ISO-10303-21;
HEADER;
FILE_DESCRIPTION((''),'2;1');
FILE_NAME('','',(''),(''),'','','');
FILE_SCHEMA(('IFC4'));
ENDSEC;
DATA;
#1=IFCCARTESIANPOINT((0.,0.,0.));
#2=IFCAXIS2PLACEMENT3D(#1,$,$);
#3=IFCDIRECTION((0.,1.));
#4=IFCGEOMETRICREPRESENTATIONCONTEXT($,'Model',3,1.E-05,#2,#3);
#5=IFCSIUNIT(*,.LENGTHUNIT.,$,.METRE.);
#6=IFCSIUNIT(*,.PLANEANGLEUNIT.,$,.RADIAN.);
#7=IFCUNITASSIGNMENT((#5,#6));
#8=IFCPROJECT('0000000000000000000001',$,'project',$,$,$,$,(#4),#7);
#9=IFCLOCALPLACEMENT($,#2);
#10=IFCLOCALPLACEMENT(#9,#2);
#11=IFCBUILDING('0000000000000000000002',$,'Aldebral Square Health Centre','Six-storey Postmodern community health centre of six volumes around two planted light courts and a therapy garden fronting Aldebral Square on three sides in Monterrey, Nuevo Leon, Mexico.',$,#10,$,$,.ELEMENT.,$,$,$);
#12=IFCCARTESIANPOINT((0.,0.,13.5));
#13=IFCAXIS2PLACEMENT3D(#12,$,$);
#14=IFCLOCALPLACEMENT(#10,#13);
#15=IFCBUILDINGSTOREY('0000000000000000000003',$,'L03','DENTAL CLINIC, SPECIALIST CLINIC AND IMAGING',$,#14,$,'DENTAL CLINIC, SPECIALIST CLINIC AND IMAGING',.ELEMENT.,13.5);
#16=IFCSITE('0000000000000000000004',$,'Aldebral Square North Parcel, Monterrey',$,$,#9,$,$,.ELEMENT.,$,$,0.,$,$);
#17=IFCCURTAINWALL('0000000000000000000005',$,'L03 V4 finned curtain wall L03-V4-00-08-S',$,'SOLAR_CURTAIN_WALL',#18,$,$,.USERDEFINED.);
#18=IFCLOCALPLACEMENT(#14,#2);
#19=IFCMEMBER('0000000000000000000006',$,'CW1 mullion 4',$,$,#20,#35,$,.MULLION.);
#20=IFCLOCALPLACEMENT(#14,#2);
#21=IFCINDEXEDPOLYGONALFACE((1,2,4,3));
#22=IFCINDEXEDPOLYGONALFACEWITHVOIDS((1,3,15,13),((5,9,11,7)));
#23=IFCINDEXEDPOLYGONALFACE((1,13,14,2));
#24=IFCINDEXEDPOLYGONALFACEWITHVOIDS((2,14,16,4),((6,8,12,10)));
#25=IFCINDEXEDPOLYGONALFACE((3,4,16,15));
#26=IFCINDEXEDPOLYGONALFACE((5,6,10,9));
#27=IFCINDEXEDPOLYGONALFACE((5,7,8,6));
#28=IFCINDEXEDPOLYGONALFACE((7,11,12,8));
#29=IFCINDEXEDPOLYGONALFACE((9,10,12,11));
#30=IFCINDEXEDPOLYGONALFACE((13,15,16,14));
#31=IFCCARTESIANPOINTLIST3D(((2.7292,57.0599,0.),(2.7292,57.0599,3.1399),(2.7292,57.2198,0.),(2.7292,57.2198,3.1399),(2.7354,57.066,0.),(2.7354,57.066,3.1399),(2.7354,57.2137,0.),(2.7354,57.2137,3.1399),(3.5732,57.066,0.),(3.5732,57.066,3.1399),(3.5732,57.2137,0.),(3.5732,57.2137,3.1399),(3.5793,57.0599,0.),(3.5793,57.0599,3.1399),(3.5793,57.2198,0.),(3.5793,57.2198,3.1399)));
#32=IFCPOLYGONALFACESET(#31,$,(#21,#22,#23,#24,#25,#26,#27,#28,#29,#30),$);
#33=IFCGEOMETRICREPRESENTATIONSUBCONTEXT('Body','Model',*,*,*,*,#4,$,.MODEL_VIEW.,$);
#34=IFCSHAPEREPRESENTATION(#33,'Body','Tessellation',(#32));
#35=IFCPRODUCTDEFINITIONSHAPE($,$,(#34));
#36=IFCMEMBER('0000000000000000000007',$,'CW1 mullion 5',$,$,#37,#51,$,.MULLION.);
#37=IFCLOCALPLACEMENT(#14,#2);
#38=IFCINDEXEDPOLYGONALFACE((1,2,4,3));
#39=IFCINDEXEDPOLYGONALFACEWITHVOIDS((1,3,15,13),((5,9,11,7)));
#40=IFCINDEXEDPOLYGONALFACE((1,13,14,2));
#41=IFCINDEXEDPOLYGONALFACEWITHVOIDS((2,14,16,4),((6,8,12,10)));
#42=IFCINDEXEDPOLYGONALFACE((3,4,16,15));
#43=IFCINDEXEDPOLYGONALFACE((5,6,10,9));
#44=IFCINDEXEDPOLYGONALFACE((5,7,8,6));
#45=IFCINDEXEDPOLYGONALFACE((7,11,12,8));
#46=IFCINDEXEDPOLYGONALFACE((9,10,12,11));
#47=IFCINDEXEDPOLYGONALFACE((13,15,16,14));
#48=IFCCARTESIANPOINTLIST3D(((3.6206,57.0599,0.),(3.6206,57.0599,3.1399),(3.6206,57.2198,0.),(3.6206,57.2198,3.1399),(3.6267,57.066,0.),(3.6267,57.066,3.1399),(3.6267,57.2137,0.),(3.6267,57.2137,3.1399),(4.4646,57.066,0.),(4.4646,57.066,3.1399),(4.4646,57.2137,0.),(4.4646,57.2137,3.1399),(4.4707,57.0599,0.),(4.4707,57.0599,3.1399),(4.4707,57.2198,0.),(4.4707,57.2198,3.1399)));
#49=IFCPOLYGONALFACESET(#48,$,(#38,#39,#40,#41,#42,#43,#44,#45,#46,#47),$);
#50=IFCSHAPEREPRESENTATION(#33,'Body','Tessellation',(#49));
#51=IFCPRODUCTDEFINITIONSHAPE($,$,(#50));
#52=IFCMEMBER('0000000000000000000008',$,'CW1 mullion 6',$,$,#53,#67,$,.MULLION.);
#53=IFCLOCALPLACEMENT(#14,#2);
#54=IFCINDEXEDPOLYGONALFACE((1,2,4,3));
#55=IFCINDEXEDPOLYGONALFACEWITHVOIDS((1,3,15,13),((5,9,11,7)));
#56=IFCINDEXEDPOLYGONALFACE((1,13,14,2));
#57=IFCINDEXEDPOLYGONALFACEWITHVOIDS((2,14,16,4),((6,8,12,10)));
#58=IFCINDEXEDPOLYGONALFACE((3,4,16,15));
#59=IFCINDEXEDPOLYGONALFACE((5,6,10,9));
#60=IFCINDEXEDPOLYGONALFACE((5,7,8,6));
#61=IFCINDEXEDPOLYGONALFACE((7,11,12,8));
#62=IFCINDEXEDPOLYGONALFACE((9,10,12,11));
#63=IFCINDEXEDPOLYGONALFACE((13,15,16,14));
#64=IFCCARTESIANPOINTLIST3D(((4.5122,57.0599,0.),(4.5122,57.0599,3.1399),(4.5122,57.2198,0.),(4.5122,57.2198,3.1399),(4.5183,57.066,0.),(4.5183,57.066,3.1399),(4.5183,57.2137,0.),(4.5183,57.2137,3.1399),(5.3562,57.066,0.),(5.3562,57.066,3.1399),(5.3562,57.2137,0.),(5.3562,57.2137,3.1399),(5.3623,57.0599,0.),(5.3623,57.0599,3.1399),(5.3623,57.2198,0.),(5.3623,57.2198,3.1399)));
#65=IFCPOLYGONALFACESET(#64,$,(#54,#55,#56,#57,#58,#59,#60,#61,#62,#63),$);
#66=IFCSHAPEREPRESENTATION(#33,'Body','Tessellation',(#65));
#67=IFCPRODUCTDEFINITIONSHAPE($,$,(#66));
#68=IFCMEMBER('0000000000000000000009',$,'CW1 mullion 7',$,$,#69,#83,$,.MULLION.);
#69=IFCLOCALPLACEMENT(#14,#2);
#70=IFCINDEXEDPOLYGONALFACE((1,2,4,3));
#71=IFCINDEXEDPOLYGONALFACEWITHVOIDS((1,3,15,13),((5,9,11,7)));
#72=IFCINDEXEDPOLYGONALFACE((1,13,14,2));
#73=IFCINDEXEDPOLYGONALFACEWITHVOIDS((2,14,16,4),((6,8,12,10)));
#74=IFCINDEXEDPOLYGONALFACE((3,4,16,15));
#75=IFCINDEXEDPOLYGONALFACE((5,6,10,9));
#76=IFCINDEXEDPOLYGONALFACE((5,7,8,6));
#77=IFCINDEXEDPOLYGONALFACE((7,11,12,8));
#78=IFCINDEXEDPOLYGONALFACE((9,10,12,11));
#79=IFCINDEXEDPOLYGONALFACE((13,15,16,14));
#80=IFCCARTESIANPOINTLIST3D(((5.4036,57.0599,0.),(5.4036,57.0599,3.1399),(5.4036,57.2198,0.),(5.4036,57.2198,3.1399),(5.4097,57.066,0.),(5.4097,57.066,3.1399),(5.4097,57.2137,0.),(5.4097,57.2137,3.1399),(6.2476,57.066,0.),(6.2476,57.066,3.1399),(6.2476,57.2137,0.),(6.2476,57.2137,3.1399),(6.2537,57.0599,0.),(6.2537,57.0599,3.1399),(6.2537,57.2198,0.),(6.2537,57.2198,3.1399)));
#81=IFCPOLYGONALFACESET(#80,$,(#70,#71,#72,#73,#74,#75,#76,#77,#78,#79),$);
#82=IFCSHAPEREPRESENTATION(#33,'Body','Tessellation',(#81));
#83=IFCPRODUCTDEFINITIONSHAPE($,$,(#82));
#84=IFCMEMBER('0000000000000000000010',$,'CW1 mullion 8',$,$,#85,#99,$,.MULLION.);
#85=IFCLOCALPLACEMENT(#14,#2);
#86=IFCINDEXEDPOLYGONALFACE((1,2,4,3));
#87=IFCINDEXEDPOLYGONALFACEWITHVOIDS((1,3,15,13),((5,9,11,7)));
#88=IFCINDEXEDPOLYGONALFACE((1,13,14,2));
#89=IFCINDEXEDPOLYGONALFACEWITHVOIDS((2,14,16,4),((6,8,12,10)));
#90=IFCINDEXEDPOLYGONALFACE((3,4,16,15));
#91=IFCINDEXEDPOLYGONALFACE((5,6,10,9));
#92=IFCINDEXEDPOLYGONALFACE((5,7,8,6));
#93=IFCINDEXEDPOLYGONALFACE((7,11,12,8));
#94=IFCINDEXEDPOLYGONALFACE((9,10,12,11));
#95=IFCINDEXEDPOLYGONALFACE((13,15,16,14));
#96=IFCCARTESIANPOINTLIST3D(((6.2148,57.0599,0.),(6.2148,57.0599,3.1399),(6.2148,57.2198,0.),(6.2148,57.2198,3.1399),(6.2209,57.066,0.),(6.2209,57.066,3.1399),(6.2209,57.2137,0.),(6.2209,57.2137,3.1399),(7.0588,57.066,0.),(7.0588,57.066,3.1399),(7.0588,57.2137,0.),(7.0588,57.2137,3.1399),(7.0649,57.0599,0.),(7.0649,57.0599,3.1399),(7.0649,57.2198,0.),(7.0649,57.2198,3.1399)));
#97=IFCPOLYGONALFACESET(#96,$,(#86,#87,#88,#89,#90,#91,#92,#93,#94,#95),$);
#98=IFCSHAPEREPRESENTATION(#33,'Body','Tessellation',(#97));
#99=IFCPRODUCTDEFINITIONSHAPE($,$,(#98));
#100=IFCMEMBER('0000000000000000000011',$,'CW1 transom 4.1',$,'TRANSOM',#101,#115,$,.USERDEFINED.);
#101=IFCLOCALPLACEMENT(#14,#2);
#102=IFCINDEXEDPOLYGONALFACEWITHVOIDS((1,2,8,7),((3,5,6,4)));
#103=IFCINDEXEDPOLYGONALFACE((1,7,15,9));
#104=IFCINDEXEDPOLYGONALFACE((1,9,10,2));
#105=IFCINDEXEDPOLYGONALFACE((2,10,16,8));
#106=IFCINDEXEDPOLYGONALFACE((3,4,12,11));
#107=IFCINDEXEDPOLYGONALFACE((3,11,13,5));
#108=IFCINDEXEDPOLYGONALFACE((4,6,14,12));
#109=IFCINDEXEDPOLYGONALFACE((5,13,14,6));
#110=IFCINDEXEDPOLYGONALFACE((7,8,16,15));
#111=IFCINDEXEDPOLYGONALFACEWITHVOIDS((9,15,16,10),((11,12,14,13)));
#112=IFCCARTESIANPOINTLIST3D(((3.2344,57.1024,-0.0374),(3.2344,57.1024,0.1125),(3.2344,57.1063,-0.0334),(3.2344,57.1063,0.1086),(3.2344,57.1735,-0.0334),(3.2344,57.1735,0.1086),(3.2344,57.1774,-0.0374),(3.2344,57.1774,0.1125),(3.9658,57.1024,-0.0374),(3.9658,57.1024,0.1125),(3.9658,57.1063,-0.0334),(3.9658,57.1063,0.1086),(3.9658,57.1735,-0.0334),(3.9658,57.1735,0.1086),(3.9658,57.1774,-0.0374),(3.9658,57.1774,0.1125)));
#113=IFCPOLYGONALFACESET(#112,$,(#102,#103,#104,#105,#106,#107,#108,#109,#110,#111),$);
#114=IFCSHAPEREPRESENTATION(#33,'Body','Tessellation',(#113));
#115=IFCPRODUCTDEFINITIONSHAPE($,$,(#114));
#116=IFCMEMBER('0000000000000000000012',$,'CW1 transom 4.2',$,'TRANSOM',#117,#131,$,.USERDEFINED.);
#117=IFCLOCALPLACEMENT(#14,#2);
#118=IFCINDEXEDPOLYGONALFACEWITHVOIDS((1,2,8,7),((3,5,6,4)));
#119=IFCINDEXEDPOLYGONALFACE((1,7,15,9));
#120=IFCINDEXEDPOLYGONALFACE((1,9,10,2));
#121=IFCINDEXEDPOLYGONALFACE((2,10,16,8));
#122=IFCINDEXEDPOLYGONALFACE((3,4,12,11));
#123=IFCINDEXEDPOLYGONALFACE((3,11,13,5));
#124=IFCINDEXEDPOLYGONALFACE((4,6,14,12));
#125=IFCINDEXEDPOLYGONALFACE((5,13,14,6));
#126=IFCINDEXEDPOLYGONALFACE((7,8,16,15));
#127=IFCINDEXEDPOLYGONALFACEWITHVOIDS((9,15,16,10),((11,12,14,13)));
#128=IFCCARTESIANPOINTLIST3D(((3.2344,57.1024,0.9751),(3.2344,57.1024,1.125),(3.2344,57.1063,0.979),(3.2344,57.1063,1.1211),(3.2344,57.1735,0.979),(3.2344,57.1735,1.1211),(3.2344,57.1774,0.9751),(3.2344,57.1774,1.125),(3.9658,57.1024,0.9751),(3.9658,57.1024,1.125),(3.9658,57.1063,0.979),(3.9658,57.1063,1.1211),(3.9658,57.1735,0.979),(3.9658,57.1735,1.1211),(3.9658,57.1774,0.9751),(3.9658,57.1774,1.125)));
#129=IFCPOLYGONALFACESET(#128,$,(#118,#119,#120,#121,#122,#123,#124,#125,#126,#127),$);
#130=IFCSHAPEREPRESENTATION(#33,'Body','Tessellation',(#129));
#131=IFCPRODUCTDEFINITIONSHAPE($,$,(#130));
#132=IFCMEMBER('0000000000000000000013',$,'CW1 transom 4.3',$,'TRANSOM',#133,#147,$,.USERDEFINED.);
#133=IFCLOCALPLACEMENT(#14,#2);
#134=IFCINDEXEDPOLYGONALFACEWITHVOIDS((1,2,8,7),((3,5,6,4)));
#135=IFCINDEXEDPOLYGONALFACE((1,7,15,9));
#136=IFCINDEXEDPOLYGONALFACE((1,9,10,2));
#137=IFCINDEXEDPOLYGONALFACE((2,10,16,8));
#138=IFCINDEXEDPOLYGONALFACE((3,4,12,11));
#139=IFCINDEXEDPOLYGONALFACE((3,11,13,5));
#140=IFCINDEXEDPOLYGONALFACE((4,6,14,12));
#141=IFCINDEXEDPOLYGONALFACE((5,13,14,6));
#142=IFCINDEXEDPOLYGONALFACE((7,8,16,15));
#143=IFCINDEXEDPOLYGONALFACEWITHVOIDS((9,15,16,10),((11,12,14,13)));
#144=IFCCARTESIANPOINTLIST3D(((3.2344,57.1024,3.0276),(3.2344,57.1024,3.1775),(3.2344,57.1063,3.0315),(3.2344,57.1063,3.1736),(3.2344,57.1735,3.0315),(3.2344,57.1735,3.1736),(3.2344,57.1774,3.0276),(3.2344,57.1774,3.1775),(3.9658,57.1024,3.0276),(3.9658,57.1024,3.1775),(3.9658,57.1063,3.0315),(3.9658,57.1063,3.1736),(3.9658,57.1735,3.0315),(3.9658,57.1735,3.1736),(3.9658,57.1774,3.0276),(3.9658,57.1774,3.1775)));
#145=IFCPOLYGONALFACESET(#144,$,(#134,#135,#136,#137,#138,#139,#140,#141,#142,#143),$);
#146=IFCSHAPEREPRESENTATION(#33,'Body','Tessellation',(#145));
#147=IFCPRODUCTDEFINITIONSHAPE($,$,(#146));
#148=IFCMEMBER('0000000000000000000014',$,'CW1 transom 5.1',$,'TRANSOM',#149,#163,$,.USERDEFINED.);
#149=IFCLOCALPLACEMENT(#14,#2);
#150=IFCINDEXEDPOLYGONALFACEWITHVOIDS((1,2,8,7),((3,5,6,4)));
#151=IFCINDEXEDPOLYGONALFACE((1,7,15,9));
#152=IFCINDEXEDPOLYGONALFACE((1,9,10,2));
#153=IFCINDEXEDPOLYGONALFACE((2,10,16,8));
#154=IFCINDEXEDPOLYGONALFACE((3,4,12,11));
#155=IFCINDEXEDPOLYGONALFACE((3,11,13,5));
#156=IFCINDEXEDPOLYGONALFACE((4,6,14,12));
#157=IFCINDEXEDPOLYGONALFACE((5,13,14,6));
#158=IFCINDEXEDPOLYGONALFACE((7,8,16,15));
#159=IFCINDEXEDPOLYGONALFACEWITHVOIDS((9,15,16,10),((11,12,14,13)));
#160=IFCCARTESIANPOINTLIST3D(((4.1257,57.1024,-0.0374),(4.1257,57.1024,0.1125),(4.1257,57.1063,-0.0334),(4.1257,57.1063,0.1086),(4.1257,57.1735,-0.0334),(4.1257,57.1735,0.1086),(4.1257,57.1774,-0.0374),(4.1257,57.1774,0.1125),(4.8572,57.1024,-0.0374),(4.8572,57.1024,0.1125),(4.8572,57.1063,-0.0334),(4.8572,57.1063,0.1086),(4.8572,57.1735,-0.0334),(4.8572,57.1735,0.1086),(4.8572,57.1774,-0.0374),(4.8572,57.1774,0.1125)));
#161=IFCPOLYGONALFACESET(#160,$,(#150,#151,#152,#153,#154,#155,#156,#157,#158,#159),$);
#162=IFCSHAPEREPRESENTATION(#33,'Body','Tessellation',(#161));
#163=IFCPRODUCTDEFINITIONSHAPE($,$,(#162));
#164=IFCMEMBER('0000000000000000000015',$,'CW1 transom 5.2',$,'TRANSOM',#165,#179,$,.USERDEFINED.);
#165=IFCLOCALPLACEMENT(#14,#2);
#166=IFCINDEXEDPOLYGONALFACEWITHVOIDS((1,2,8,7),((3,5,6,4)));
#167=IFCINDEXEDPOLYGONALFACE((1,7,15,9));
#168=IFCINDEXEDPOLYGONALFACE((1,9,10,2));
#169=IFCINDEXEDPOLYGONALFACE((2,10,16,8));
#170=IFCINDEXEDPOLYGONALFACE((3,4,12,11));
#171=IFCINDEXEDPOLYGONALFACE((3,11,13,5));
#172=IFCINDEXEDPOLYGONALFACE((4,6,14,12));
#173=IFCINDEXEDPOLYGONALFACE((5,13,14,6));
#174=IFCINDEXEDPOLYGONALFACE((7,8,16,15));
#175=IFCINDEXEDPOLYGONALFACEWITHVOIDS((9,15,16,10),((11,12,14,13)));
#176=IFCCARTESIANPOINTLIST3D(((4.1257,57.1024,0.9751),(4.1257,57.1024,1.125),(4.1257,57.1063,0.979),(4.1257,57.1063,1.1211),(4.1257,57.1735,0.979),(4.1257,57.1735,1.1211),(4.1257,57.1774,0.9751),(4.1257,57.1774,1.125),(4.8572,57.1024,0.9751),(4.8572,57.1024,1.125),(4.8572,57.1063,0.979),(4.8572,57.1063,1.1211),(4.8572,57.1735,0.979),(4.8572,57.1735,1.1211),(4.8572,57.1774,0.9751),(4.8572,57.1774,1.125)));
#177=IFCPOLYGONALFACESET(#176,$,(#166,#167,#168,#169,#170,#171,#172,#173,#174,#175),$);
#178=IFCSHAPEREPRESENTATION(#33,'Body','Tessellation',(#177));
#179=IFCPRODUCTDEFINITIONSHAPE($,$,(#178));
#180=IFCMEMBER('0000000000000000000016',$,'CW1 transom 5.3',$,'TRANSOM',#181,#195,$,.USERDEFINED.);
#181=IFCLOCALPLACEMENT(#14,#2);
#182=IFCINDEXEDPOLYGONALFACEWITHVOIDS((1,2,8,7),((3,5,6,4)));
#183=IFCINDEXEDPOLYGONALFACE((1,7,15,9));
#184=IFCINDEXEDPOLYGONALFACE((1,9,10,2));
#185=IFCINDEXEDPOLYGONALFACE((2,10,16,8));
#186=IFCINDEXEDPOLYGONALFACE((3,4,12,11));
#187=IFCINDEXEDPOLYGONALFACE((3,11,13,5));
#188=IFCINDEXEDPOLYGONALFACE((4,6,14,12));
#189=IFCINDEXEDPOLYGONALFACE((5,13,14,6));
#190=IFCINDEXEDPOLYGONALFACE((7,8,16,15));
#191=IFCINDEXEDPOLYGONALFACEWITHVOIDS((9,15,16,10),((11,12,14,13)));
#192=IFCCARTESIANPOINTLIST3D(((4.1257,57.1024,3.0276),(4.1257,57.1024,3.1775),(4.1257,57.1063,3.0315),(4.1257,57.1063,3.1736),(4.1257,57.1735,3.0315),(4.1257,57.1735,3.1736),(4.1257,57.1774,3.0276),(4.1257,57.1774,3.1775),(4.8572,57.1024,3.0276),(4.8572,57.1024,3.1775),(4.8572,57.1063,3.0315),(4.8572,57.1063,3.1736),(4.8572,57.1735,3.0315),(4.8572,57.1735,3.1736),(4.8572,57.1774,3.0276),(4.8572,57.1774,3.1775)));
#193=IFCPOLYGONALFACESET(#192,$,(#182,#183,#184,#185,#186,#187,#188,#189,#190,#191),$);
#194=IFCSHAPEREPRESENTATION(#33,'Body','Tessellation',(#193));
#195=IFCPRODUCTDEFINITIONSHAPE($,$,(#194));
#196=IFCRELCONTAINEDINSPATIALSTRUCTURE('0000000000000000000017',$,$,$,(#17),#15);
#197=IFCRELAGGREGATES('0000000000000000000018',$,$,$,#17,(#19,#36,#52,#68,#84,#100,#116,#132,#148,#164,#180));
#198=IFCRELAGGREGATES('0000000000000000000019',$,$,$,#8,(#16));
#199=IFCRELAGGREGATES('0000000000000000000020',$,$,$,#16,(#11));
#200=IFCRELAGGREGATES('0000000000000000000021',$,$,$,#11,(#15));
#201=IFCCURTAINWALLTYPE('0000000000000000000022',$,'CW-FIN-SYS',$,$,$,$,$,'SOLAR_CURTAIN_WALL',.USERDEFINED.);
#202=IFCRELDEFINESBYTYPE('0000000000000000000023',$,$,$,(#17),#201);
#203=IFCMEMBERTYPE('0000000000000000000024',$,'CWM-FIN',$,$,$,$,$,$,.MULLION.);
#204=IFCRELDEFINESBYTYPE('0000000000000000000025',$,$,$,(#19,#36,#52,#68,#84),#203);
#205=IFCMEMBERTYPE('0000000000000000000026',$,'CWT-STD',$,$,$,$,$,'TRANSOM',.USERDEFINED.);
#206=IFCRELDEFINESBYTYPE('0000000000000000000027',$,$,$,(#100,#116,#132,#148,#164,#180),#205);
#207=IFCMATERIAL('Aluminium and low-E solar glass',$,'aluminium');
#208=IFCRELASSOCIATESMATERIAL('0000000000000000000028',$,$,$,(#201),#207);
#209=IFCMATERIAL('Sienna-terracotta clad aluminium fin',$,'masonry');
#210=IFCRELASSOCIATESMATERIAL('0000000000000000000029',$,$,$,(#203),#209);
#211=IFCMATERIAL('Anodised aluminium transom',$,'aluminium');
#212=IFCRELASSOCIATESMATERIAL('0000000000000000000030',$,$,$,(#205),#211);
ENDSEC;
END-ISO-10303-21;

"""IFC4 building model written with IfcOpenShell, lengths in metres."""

from ifc_helpers import new_model, si_unit, direction, frame, origin, origin_2d, place, context, subcontext, project, spatial, hollow_rectangle, extrude, material, material_profile, profile_set, type_object, element, aggregate, save


model = new_model("IFC4")

# Units and contexts
model_context = context("Model", 3, precision=1e-05, world=origin(), true_north=direction((0.0, 1.0)))
body_context = subcontext(model_context, "Body", "Model", "MODEL_VIEW")
ifc_project = project(units=[si_unit("LENGTHUNIT", "METRE"), si_unit("PLANEANGLEUNIT", "RADIAN")], contexts=[model_context])

# Site, building, storey
site_placement = place(None, origin())
site = spatial("IfcSite", under=ifc_project, at=site_placement, Name="Aldebral Square North Parcel, Monterrey", CompositionType="ELEMENT", RefElevation=0.0)
building_placement = place(site_placement, origin())
building = spatial("IfcBuilding", under=site, at=building_placement, Name="Aldebral Square Health Centre", Description="Six-storey Postmodern community health centre of six volumes around two planted light courts and a therapy garden fronting Aldebral Square on three sides in Monterrey, Nuevo Leon, Mexico.", CompositionType="ELEMENT")
storey_placement = place(building_placement, frame((0.0, 0.0, 13.5)))
storey = spatial("IfcBuildingStorey", under=building, at=storey_placement, Name="L03", Description="DENTAL CLINIC, SPECIALIST CLINIC AND IMAGING", LongName="DENTAL CLINIC, SPECIALIST CLINIC AND IMAGING", CompositionType="ELEMENT", Elevation=13.5)

# Curtain wall, members
ifc_material_1 = material(Name="Aluminium and low-E solar glass", Category="aluminium")
curtain_wall_type = type_object("IfcCurtainWallType", Name="CW-FIN-SYS", ElementType="SOLAR_CURTAIN_WALL", PredefinedType="USERDEFINED", material=ifc_material_1)
curtain_wall_placement = place(storey_placement, origin())
curtain_wall = element("IfcCurtainWall", 1, at=curtain_wall_placement, inside=storey, type_object=curtain_wall_type, Name="L03 V4 finned curtain wall L03-V4-00-08-S", ObjectType="SOLAR_CURTAIN_WALL", PredefinedType="USERDEFINED")
ifc_material_2 = material(Name="Sienna-terracotta clad aluminium fin", Category="masonry")
ifc_material_profile_1 = material_profile(ifc_material_2, hollow_rectangle(XDim=0.1599, YDim=0.8501, WallThickness=0.0061, at=origin_2d()), Name="FIN 160x850x6")
ifc_profile_set_1 = profile_set([ifc_material_profile_1], Name="Sienna-terracotta clad aluminium fin")
member_type_1 = type_object("IfcMemberType", Name="CWM-FIN", PredefinedType="MULLION", material=ifc_profile_set_1)
member_1_placement = place(storey_placement, frame((3.1543, 57.1399, 0.0), z_axis=(0.0, 0.0, 1.0), x_axis=(0.0, 1.0, 0.0)))
member_1 = element("IfcMember", 2, at=member_1_placement, type_object=member_type_1, Name="CW1 mullion 4", PredefinedType="MULLION", context=body_context, shape_type="SweptSolid", body=[
    extrude(hollow_rectangle(XDim=0.1599, YDim=0.8501, WallThickness=0.0061, at=origin_2d()), origin(), (0.0, 0.0, 1.0), 3.1399),
])
member_2_placement = place(storey_placement, frame((4.0457, 57.1399, 0.0), z_axis=(0.0, 0.0, 1.0), x_axis=(0.0, 1.0, 0.0)))
member_2 = element("IfcMember", 3, at=member_2_placement, type_object=member_type_1, Name="CW1 mullion 5", PredefinedType="MULLION", context=body_context, shape_type="SweptSolid", body=[
    extrude(hollow_rectangle(XDim=0.1599, YDim=0.8501, WallThickness=0.0061, at=origin_2d()), origin(), (0.0, 0.0, 1.0), 3.1399),
])
member_3_placement = place(storey_placement, frame((4.9373, 57.1399, 0.0), z_axis=(0.0, 0.0, 1.0), x_axis=(0.0, 1.0, 0.0)))
member_3 = element("IfcMember", 4, at=member_3_placement, type_object=member_type_1, Name="CW1 mullion 6", PredefinedType="MULLION", context=body_context, shape_type="SweptSolid", body=[
    extrude(hollow_rectangle(XDim=0.1599, YDim=0.8501, WallThickness=0.0061, at=origin_2d()), origin(), (0.0, 0.0, 1.0), 3.1399),
])
member_4_placement = place(storey_placement, frame((5.8286, 57.1399, 0.0), z_axis=(0.0, 0.0, 1.0), x_axis=(0.0, 1.0, 0.0)))
member_4 = element("IfcMember", 5, at=member_4_placement, type_object=member_type_1, Name="CW1 mullion 7", PredefinedType="MULLION", context=body_context, shape_type="SweptSolid", body=[
    extrude(hollow_rectangle(XDim=0.1599, YDim=0.8501, WallThickness=0.0061, at=origin_2d()), origin(), (0.0, 0.0, 1.0), 3.1399),
])
member_5_placement = place(storey_placement, frame((6.6399, 57.1399, 0.0), z_axis=(0.0, 0.0, 1.0), x_axis=(0.0, 1.0, 0.0)))
member_5 = element("IfcMember", 6, at=member_5_placement, type_object=member_type_1, Name="CW1 mullion 8", PredefinedType="MULLION", context=body_context, shape_type="SweptSolid", body=[
    extrude(hollow_rectangle(XDim=0.1599, YDim=0.8501, WallThickness=0.0061, at=origin_2d()), origin(), (0.0, 0.0, 1.0), 3.1399),
])
ifc_material_3 = material(Name="Anodised aluminium transom", Category="aluminium")
ifc_material_profile_2 = material_profile(ifc_material_3, hollow_rectangle(XDim=0.075, YDim=0.1499, WallThickness=0.0039, at=origin_2d()), Name="CWT 75x150x4")
ifc_profile_set_2 = profile_set([ifc_material_profile_2], Name="Anodised aluminium transom")
member_type_2 = type_object("IfcMemberType", Name="CWT-STD", ElementType="TRANSOM", PredefinedType="USERDEFINED", material=ifc_profile_set_2)
member_6_placement = place(storey_placement, frame((3.2344, 57.1399, 0.0376), z_axis=(1.0, 0.0, 0.0), x_axis=(0.0, 1.0, 0.0)))
member_6 = element("IfcMember", 7, at=member_6_placement, type_object=member_type_2, Name="CW1 transom 4.1", ObjectType="TRANSOM", PredefinedType="USERDEFINED", context=body_context, shape_type="SweptSolid", body=[
    extrude(hollow_rectangle(XDim=0.075, YDim=0.1499, WallThickness=0.0039, at=origin_2d()), origin(), (0.0, 0.0, 1.0), 0.7314),
])
member_7_placement = place(storey_placement, frame((3.2344, 57.1399, 1.05), z_axis=(1.0, 0.0, 0.0), x_axis=(0.0, 1.0, 0.0)))
member_7 = element("IfcMember", 8, at=member_7_placement, type_object=member_type_2, Name="CW1 transom 4.2", ObjectType="TRANSOM", PredefinedType="USERDEFINED", context=body_context, shape_type="SweptSolid", body=[
    extrude(hollow_rectangle(XDim=0.075, YDim=0.1499, WallThickness=0.0039, at=origin_2d()), origin(), (0.0, 0.0, 1.0), 0.7314),
])
member_8_placement = place(storey_placement, frame((3.2344, 57.1399, 3.1025), z_axis=(1.0, 0.0, 0.0), x_axis=(0.0, 1.0, 0.0)))
member_8 = element("IfcMember", 9, at=member_8_placement, type_object=member_type_2, Name="CW1 transom 4.3", ObjectType="TRANSOM", PredefinedType="USERDEFINED", context=body_context, shape_type="SweptSolid", body=[
    extrude(hollow_rectangle(XDim=0.075, YDim=0.1499, WallThickness=0.0039, at=origin_2d()), origin(), (0.0, 0.0, 1.0), 0.7314),
])
member_9_placement = place(storey_placement, frame((4.1257, 57.1399, 0.0376), z_axis=(1.0, 0.0, 0.0), x_axis=(0.0, 1.0, 0.0)))
member_9 = element("IfcMember", 10, at=member_9_placement, type_object=member_type_2, Name="CW1 transom 5.1", ObjectType="TRANSOM", PredefinedType="USERDEFINED", context=body_context, shape_type="SweptSolid", body=[
    extrude(hollow_rectangle(XDim=0.075, YDim=0.1499, WallThickness=0.0039, at=origin_2d()), origin(), (0.0, 0.0, 1.0), 0.7314),
])
member_10_placement = place(storey_placement, frame((4.1257, 57.1399, 1.05), z_axis=(1.0, 0.0, 0.0), x_axis=(0.0, 1.0, 0.0)))
member_10 = element("IfcMember", 11, at=member_10_placement, type_object=member_type_2, Name="CW1 transom 5.2", ObjectType="TRANSOM", PredefinedType="USERDEFINED", context=body_context, shape_type="SweptSolid", body=[
    extrude(hollow_rectangle(XDim=0.075, YDim=0.1499, WallThickness=0.0039, at=origin_2d()), origin(), (0.0, 0.0, 1.0), 0.7314),
])
member_11_placement = place(storey_placement, frame((4.1257, 57.1399, 3.1025), z_axis=(1.0, 0.0, 0.0), x_axis=(0.0, 1.0, 0.0)))
member_11 = element("IfcMember", 12, at=member_11_placement, type_object=member_type_2, Name="CW1 transom 5.3", ObjectType="TRANSOM", PredefinedType="USERDEFINED", context=body_context, shape_type="SweptSolid", body=[
    extrude(hollow_rectangle(XDim=0.075, YDim=0.1499, WallThickness=0.0039, at=origin_2d()), origin(), (0.0, 0.0, 1.0), 0.7314),
])
aggregate(curtain_wall, [member_1, member_2, member_3, member_4, member_5, member_6, member_7, member_8, member_9, member_10, member_11])

save(model, "model.ifc")
